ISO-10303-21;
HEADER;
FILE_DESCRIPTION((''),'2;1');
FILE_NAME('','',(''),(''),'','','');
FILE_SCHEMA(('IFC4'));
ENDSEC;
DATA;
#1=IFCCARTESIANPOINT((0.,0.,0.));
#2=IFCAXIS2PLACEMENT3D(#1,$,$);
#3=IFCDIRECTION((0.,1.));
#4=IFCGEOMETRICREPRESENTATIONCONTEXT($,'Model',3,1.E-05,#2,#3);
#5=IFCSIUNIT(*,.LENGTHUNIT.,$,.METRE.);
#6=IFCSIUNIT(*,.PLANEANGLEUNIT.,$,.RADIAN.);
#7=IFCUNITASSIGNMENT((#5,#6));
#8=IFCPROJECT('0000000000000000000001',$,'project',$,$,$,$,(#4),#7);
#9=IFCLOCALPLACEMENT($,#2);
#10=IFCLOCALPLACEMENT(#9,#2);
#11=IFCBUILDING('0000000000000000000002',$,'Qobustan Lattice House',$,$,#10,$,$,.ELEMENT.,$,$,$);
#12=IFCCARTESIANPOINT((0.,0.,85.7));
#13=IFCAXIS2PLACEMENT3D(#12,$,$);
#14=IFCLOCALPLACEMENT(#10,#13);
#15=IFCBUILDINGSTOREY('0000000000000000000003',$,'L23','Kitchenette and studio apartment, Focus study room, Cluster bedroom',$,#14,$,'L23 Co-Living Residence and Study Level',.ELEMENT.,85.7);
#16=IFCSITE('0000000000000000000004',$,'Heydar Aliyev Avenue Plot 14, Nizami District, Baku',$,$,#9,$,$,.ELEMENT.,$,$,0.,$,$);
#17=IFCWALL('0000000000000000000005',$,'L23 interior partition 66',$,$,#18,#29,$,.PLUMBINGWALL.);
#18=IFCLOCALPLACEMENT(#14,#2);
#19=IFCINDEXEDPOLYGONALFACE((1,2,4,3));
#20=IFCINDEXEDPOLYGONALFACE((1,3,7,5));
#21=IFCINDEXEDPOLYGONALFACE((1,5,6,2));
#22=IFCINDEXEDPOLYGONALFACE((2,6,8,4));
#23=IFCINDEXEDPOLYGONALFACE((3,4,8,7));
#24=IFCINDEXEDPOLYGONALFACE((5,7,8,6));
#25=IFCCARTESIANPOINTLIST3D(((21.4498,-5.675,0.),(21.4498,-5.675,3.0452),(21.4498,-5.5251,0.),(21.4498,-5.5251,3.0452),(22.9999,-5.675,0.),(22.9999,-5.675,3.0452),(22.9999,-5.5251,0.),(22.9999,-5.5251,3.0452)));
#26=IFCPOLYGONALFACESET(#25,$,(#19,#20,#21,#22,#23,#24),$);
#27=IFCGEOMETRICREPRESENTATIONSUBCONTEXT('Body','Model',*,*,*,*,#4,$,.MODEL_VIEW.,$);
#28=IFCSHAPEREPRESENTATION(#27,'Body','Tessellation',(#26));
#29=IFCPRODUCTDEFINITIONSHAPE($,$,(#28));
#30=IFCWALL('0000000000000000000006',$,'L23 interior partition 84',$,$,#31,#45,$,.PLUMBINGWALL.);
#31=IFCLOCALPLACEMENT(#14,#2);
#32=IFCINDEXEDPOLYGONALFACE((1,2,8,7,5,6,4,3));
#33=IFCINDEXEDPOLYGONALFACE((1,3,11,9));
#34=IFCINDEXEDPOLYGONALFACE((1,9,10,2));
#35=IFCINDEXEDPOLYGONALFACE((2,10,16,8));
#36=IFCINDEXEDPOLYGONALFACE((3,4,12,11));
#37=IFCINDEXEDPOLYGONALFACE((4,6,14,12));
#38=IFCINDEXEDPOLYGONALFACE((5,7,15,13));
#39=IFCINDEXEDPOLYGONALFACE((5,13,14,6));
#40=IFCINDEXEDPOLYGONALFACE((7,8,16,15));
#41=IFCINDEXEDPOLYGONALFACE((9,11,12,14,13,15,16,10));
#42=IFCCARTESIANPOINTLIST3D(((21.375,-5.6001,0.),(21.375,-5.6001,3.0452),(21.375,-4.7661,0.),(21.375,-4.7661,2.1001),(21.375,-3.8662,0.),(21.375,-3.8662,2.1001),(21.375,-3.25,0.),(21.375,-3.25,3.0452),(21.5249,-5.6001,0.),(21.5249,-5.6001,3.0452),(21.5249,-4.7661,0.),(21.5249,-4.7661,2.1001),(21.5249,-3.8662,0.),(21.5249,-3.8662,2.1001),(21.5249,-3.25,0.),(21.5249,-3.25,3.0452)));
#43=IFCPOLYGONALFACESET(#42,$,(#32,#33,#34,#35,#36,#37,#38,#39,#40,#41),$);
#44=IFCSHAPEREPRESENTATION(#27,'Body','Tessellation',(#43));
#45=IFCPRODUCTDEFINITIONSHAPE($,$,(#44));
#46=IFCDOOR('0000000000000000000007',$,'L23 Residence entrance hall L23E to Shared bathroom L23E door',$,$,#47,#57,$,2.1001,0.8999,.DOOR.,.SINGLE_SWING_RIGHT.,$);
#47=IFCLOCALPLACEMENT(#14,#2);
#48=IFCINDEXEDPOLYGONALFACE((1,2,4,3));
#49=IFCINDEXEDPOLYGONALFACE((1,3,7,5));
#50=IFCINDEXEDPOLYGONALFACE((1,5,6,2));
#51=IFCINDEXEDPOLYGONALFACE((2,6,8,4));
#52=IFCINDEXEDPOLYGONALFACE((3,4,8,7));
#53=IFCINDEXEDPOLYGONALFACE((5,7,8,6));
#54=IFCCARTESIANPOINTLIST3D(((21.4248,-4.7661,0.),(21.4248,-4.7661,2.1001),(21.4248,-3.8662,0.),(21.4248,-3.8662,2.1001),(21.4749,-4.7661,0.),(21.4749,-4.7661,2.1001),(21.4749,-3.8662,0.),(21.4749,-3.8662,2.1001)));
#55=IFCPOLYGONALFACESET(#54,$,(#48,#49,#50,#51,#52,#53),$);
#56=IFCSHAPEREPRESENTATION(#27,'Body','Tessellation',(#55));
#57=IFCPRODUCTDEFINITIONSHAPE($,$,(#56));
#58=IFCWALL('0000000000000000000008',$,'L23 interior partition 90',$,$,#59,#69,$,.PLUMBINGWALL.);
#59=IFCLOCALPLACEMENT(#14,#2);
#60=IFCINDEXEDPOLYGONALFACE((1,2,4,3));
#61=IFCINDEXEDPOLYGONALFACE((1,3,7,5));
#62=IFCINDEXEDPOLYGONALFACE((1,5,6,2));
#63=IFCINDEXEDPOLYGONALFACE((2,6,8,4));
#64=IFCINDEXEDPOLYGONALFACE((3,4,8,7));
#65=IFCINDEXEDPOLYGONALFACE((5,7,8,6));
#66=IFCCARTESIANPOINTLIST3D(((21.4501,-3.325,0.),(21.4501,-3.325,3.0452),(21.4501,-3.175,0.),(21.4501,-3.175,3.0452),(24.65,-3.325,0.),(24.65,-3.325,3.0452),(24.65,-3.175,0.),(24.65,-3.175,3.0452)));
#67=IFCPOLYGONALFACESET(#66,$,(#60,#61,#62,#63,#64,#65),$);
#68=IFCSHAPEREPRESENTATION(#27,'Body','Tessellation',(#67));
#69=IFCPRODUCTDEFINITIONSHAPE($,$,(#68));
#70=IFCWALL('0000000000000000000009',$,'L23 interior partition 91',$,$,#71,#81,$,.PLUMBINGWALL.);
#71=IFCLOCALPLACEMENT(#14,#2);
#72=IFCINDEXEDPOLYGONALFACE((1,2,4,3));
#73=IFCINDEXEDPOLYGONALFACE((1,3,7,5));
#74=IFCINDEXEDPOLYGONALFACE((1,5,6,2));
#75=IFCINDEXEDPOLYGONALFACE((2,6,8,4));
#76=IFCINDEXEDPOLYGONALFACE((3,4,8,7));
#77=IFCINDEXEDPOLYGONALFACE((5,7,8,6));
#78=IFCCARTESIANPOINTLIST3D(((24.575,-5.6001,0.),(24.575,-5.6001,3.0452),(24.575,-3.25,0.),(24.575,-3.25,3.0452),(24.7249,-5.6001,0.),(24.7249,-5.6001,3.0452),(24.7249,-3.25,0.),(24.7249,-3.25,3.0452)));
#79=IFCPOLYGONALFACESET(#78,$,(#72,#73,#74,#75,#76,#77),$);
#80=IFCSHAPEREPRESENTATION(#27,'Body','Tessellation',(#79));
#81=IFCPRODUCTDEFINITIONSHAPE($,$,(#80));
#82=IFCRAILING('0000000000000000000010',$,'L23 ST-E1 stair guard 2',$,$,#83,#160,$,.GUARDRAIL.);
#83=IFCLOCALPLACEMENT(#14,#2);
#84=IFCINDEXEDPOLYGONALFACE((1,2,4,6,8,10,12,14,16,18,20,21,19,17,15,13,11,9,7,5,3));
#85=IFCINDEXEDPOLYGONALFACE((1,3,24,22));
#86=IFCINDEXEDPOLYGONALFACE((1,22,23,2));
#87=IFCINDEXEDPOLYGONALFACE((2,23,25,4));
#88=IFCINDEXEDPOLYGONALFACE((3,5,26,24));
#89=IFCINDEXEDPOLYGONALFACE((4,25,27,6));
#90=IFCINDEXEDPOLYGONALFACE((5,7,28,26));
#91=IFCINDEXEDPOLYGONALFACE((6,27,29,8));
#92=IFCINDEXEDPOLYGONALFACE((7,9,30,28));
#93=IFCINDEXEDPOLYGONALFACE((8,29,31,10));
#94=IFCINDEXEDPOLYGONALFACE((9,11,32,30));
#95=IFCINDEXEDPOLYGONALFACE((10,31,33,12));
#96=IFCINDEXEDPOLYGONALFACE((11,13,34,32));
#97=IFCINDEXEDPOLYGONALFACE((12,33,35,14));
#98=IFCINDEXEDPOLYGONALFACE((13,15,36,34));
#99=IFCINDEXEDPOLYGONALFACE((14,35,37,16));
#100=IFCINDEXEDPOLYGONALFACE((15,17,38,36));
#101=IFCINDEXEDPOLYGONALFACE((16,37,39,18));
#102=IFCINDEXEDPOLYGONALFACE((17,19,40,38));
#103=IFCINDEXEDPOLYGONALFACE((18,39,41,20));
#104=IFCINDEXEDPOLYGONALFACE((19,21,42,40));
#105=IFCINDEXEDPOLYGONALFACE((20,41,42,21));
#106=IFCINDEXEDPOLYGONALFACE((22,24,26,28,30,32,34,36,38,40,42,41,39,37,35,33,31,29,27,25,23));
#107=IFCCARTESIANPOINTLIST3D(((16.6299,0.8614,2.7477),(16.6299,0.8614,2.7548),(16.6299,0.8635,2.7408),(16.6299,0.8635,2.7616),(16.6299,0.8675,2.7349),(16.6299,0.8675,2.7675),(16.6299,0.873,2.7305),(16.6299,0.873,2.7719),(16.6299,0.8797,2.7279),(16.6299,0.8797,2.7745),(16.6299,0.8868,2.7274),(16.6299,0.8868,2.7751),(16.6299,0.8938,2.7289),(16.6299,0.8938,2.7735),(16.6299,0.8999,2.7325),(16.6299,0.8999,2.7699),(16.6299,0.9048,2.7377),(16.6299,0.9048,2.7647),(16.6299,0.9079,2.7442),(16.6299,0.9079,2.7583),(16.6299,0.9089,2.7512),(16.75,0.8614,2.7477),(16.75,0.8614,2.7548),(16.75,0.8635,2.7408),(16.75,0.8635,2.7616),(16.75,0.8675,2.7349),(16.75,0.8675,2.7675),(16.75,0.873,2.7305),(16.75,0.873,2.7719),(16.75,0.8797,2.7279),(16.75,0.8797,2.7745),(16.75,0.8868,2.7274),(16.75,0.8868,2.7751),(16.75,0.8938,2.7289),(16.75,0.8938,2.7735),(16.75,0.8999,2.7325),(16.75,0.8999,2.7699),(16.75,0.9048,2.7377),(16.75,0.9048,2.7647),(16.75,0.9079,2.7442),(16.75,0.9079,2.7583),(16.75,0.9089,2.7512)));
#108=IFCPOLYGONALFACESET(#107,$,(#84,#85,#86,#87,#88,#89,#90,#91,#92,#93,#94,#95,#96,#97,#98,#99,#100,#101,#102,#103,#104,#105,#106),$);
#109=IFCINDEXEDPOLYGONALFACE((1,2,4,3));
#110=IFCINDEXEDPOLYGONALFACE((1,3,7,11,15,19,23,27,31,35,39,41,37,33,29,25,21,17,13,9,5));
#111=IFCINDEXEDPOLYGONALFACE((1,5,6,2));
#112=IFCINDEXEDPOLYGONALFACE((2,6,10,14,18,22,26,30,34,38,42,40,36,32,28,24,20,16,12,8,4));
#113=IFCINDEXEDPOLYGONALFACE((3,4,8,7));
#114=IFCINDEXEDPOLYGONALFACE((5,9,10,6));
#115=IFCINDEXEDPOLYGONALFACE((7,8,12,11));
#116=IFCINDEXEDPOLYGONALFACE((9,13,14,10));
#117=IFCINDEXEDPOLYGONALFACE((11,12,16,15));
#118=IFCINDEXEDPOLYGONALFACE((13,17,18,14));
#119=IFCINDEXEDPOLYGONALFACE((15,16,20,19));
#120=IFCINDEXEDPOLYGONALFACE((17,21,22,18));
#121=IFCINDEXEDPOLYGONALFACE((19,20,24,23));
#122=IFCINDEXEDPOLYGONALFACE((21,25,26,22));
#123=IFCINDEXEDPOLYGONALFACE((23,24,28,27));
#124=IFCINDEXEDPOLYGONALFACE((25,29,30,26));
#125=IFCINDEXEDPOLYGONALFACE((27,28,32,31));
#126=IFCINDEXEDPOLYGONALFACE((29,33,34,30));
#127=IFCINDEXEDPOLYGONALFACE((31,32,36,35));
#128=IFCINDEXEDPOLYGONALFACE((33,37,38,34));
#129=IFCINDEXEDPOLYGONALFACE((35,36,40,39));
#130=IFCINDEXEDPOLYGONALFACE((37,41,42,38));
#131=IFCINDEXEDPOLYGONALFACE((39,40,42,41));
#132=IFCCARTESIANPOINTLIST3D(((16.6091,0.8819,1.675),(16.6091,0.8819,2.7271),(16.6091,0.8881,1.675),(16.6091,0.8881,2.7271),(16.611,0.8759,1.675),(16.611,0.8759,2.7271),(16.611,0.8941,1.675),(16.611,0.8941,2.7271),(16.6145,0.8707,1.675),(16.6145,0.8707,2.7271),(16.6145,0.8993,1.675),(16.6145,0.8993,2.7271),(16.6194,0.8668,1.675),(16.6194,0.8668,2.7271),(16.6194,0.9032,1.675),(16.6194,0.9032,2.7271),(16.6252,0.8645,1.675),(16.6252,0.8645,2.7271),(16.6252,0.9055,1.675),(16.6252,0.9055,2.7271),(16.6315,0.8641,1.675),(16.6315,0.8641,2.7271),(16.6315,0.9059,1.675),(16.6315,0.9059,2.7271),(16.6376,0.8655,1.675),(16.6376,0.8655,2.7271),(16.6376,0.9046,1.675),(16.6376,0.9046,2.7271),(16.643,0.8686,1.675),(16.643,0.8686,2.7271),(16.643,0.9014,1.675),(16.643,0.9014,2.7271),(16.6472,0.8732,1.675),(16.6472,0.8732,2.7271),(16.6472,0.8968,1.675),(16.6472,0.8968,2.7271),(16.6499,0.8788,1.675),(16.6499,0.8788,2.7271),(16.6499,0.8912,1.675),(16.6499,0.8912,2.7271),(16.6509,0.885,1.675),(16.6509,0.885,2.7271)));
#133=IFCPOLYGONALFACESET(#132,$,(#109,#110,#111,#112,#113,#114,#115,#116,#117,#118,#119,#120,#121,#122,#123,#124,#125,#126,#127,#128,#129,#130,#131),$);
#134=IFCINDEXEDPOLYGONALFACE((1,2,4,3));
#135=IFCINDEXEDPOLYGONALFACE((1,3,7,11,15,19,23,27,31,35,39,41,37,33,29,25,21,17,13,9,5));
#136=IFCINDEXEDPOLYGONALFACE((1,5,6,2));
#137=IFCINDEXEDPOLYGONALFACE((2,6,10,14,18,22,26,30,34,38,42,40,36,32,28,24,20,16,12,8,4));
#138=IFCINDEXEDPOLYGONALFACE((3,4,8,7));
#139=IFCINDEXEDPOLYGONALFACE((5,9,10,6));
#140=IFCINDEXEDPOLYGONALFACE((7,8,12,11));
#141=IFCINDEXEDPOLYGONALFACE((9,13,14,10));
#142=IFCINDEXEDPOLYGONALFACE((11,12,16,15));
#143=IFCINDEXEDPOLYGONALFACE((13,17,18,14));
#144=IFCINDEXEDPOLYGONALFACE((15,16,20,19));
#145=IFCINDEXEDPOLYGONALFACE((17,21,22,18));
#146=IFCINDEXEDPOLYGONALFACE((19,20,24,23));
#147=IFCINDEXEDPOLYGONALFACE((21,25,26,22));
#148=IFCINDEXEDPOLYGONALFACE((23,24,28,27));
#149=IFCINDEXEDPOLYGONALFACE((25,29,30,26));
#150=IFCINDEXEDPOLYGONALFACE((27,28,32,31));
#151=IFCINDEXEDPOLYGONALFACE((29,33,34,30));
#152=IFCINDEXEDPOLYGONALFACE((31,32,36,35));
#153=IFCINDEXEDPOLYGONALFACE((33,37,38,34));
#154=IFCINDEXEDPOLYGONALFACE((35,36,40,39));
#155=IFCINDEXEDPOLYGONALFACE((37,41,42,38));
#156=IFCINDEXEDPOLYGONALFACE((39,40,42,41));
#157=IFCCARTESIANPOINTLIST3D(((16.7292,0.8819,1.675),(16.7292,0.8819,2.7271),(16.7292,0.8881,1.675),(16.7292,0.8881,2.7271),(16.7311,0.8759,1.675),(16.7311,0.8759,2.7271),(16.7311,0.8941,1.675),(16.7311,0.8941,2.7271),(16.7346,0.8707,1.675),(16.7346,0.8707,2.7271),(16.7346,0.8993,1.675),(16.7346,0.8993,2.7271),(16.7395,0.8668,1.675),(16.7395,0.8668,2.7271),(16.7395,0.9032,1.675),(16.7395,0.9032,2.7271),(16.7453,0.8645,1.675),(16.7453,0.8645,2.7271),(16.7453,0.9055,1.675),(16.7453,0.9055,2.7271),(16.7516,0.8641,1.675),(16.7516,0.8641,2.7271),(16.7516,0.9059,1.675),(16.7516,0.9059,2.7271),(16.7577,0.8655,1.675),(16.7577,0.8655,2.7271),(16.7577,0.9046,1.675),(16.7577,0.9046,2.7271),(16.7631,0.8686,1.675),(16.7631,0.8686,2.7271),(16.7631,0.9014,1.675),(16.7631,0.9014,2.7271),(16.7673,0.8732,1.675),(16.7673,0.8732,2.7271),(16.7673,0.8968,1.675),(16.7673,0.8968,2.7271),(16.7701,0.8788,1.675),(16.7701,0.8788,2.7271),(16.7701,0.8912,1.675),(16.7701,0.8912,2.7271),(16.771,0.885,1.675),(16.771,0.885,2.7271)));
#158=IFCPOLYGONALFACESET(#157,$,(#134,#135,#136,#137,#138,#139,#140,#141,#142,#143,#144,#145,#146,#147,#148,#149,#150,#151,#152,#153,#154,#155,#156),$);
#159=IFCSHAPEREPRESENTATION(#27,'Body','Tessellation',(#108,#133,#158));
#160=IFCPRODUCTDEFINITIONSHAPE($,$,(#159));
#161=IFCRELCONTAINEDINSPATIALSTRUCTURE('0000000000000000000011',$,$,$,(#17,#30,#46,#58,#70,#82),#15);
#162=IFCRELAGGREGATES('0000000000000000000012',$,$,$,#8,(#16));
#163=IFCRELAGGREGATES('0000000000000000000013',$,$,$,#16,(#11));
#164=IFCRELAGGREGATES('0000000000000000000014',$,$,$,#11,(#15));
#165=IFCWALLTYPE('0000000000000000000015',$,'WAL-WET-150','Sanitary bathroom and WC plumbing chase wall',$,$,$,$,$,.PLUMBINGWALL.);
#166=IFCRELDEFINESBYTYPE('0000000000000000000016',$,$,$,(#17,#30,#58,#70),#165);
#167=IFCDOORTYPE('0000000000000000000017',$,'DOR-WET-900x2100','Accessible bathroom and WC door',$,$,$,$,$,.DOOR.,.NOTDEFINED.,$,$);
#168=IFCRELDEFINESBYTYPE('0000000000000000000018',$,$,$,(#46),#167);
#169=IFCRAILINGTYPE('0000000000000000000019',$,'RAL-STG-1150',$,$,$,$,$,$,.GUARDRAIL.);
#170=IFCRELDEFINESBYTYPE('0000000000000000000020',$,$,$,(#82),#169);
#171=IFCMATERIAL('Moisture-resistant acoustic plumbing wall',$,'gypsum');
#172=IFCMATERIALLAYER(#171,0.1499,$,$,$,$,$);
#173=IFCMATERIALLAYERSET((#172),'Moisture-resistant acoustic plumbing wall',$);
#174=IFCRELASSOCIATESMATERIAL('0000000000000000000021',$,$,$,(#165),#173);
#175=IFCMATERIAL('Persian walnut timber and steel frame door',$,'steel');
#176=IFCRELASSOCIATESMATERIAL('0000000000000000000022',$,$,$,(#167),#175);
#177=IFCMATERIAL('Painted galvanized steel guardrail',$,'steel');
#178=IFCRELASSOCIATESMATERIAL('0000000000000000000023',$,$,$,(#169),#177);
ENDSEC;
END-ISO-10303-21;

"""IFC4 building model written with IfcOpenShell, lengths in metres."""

from ifc_helpers import new_model, si_unit, direction, frame, frame_2d, origin, origin_2d, place, context, subcontext, project, spatial, rectangle, circle, extrude, material, layer, layer_set, type_object, element, fill, save


model = new_model("IFC4")

# Units and contexts
model_context = context("Model", 3, precision=1e-05, world=origin(), true_north=direction((0.0, 1.0)))
body_context = subcontext(model_context, "Body", "Model", "MODEL_VIEW")
ifc_project = project(units=[si_unit("LENGTHUNIT", "METRE"), si_unit("PLANEANGLEUNIT", "RADIAN")], contexts=[model_context])

# Site, building, storey
site_placement = place(None, origin())
site = spatial("IfcSite", under=ifc_project, at=site_placement, Name="Heydar Aliyev Avenue Plot 14, Nizami District, Baku", CompositionType="ELEMENT", RefElevation=0.0)
building_placement = place(site_placement, origin())
building = spatial("IfcBuilding", under=site, at=building_placement, Name="Qobustan Lattice House", CompositionType="ELEMENT")
storey_placement = place(building_placement, frame((0.0, 0.0, 85.7)))
storey = spatial("IfcBuildingStorey", under=building, at=storey_placement, Name="L23", Description="Kitchenette and studio apartment, Focus study room, Cluster bedroom", LongName="L23 Co-Living Residence and Study Level", CompositionType="ELEMENT", Elevation=85.7)

# Wall
ifc_material_1 = material(Name="Moisture-resistant acoustic plumbing wall", Category="gypsum")
ifc_layer_1 = layer(ifc_material_1, 0.1499)
ifc_layer_set_1 = layer_set([ifc_layer_1], Name="Moisture-resistant acoustic plumbing wall")
wall_type_1 = type_object("IfcWallType", Name="WAL-WET-150", Description="Sanitary bathroom and WC plumbing chase wall", PredefinedType="PLUMBINGWALL", material=ifc_layer_set_1)
wall_1_placement = place(storey_placement, frame((21.45, -5.6001, 0.0), z_axis=(0.0, 0.0, 1.0), x_axis=(1.0, 0.0, 0.0)))
element("IfcWall", 1, at=wall_1_placement, inside=storey, type_object=wall_type_1, Name="L23 interior partition 66", PredefinedType="PLUMBINGWALL", context=body_context, shape_type="SweptSolid", body=[
    extrude(rectangle(XDim=1.55, YDim=0.1499, at=frame_2d((0.7749, 0.0))), origin(), (0.0, 0.0, 1.0), 3.0452),
])

# Wall, opening, door
wall_2_placement = place(storey_placement, frame((21.45, -3.25, 0.0), z_axis=(0.0, 0.0, 1.0), x_axis=(0.0, -1.0, 0.0)))
wall_2 = element("IfcWall", 2, at=wall_2_placement, inside=storey, type_object=wall_type_1, Name="L23 interior partition 84", PredefinedType="PLUMBINGWALL", context=body_context, shape_type="SweptSolid", body=[
    extrude(rectangle(XDim=2.3501, YDim=0.1499, at=frame_2d((1.175, 0.0))), origin(), (0.0, 0.0, 1.0), 3.0452),
])
opening_1_placement = place(wall_2_placement, frame((0.6162, 0.0, 0.0)))
opening_1 = element("IfcOpeningElement", 3, at=opening_1_placement, cuts=wall_2, PredefinedType="OPENING", context=body_context, shape_type="SweptSolid", body=[
    extrude(rectangle(XDim=0.8999, YDim=2.1001, at=frame_2d((0.45, 1.05))), frame((0.0, 0.085, 0.0), z_axis=(0.0, -1.0, 0.0), x_axis=(1.0, 0.0, 0.0)), (0.0, 0.0, 1.0), 0.1699),
])
ifc_material_2 = material(Name="Persian walnut timber and steel frame door", Category="steel")
door_type_1 = type_object("IfcDoorType", Name="DOR-WET-900x2100", Description="Accessible bathroom and WC door", OperationType="NOTDEFINED", PredefinedType="DOOR", material=ifc_material_2)
door_1_placement = place(opening_1_placement, origin())
door_1 = element("IfcDoor", 4, at=door_1_placement, inside=storey, type_object=door_type_1, Name="L23 Residence entrance hall L23E to Shared bathroom L23E door", OperationType="SINGLE_SWING_RIGHT", OverallHeight=2.1001, OverallWidth=0.8999, PredefinedType="DOOR", context=body_context, shape_type="SweptSolid", body=[
    extrude(rectangle(XDim=0.8999, YDim=2.1001, at=frame_2d((0.45, 1.05))), frame((0.0, 0.0249, 0.0), z_axis=(0.0, -1.0, 0.0), x_axis=(1.0, 0.0, 0.0)), (0.0, 0.0, 1.0), 0.05),
])
fill(opening_1, door_1)

# Walls
wall_3_placement = place(storey_placement, frame((21.45, -3.25, 0.0), z_axis=(0.0, 0.0, 1.0), x_axis=(1.0, 0.0, 0.0)))
element("IfcWall", 5, at=wall_3_placement, inside=storey, type_object=wall_type_1, Name="L23 interior partition 90", PredefinedType="PLUMBINGWALL", context=body_context, shape_type="SweptSolid", body=[
    extrude(rectangle(XDim=3.2, YDim=0.1499, at=frame_2d((1.6001, 0.0))), origin(), (0.0, 0.0, 1.0), 3.0452),
])
wall_4_placement = place(storey_placement, frame((24.6499, -3.25, 0.0), z_axis=(0.0, 0.0, 1.0), x_axis=(0.0, -1.0, 0.0)))
element("IfcWall", 6, at=wall_4_placement, inside=storey, type_object=wall_type_1, Name="L23 interior partition 91", PredefinedType="PLUMBINGWALL", context=body_context, shape_type="SweptSolid", body=[
    extrude(rectangle(XDim=2.3501, YDim=0.1499, at=frame_2d((1.175, 0.0))), origin(), (0.0, 0.0, 1.0), 3.0452),
])

# Railing
ifc_material_3 = material(Name="Painted galvanized steel guardrail", Category="steel")
railing_type = type_object("IfcRailingType", Name="RAL-STG-1150", PredefinedType="GUARDRAIL", material=ifc_material_3)
railing_1_placement = place(storey_placement, frame((16.6299, 0.885, 1.675)))
element("IfcRailing", 7, at=railing_1_placement, inside=storey, type_object=railing_type, Name="L23 ST-E1 stair guard 2", PredefinedType="GUARDRAIL", context=body_context, shape_type="SweptSolid", body=[
    extrude(circle(Radius=0.0239, at=origin_2d()), frame((0.0, 0.0, 1.0762), z_axis=(1.0, 0.0, 0.0), x_axis=(0.0, 1.0, 0.0)), (0.0, 0.0, 1.0), 0.1201),
    extrude(circle(Radius=0.021, at=origin_2d()), origin(), (0.0, 0.0, 1.0), 1.052),
    extrude(circle(Radius=0.021, at=origin_2d()), frame((0.1201, 0.0, 0.0)), (0.0, 0.0, 1.0), 1.052),
])

save(model, "model.ifc")
